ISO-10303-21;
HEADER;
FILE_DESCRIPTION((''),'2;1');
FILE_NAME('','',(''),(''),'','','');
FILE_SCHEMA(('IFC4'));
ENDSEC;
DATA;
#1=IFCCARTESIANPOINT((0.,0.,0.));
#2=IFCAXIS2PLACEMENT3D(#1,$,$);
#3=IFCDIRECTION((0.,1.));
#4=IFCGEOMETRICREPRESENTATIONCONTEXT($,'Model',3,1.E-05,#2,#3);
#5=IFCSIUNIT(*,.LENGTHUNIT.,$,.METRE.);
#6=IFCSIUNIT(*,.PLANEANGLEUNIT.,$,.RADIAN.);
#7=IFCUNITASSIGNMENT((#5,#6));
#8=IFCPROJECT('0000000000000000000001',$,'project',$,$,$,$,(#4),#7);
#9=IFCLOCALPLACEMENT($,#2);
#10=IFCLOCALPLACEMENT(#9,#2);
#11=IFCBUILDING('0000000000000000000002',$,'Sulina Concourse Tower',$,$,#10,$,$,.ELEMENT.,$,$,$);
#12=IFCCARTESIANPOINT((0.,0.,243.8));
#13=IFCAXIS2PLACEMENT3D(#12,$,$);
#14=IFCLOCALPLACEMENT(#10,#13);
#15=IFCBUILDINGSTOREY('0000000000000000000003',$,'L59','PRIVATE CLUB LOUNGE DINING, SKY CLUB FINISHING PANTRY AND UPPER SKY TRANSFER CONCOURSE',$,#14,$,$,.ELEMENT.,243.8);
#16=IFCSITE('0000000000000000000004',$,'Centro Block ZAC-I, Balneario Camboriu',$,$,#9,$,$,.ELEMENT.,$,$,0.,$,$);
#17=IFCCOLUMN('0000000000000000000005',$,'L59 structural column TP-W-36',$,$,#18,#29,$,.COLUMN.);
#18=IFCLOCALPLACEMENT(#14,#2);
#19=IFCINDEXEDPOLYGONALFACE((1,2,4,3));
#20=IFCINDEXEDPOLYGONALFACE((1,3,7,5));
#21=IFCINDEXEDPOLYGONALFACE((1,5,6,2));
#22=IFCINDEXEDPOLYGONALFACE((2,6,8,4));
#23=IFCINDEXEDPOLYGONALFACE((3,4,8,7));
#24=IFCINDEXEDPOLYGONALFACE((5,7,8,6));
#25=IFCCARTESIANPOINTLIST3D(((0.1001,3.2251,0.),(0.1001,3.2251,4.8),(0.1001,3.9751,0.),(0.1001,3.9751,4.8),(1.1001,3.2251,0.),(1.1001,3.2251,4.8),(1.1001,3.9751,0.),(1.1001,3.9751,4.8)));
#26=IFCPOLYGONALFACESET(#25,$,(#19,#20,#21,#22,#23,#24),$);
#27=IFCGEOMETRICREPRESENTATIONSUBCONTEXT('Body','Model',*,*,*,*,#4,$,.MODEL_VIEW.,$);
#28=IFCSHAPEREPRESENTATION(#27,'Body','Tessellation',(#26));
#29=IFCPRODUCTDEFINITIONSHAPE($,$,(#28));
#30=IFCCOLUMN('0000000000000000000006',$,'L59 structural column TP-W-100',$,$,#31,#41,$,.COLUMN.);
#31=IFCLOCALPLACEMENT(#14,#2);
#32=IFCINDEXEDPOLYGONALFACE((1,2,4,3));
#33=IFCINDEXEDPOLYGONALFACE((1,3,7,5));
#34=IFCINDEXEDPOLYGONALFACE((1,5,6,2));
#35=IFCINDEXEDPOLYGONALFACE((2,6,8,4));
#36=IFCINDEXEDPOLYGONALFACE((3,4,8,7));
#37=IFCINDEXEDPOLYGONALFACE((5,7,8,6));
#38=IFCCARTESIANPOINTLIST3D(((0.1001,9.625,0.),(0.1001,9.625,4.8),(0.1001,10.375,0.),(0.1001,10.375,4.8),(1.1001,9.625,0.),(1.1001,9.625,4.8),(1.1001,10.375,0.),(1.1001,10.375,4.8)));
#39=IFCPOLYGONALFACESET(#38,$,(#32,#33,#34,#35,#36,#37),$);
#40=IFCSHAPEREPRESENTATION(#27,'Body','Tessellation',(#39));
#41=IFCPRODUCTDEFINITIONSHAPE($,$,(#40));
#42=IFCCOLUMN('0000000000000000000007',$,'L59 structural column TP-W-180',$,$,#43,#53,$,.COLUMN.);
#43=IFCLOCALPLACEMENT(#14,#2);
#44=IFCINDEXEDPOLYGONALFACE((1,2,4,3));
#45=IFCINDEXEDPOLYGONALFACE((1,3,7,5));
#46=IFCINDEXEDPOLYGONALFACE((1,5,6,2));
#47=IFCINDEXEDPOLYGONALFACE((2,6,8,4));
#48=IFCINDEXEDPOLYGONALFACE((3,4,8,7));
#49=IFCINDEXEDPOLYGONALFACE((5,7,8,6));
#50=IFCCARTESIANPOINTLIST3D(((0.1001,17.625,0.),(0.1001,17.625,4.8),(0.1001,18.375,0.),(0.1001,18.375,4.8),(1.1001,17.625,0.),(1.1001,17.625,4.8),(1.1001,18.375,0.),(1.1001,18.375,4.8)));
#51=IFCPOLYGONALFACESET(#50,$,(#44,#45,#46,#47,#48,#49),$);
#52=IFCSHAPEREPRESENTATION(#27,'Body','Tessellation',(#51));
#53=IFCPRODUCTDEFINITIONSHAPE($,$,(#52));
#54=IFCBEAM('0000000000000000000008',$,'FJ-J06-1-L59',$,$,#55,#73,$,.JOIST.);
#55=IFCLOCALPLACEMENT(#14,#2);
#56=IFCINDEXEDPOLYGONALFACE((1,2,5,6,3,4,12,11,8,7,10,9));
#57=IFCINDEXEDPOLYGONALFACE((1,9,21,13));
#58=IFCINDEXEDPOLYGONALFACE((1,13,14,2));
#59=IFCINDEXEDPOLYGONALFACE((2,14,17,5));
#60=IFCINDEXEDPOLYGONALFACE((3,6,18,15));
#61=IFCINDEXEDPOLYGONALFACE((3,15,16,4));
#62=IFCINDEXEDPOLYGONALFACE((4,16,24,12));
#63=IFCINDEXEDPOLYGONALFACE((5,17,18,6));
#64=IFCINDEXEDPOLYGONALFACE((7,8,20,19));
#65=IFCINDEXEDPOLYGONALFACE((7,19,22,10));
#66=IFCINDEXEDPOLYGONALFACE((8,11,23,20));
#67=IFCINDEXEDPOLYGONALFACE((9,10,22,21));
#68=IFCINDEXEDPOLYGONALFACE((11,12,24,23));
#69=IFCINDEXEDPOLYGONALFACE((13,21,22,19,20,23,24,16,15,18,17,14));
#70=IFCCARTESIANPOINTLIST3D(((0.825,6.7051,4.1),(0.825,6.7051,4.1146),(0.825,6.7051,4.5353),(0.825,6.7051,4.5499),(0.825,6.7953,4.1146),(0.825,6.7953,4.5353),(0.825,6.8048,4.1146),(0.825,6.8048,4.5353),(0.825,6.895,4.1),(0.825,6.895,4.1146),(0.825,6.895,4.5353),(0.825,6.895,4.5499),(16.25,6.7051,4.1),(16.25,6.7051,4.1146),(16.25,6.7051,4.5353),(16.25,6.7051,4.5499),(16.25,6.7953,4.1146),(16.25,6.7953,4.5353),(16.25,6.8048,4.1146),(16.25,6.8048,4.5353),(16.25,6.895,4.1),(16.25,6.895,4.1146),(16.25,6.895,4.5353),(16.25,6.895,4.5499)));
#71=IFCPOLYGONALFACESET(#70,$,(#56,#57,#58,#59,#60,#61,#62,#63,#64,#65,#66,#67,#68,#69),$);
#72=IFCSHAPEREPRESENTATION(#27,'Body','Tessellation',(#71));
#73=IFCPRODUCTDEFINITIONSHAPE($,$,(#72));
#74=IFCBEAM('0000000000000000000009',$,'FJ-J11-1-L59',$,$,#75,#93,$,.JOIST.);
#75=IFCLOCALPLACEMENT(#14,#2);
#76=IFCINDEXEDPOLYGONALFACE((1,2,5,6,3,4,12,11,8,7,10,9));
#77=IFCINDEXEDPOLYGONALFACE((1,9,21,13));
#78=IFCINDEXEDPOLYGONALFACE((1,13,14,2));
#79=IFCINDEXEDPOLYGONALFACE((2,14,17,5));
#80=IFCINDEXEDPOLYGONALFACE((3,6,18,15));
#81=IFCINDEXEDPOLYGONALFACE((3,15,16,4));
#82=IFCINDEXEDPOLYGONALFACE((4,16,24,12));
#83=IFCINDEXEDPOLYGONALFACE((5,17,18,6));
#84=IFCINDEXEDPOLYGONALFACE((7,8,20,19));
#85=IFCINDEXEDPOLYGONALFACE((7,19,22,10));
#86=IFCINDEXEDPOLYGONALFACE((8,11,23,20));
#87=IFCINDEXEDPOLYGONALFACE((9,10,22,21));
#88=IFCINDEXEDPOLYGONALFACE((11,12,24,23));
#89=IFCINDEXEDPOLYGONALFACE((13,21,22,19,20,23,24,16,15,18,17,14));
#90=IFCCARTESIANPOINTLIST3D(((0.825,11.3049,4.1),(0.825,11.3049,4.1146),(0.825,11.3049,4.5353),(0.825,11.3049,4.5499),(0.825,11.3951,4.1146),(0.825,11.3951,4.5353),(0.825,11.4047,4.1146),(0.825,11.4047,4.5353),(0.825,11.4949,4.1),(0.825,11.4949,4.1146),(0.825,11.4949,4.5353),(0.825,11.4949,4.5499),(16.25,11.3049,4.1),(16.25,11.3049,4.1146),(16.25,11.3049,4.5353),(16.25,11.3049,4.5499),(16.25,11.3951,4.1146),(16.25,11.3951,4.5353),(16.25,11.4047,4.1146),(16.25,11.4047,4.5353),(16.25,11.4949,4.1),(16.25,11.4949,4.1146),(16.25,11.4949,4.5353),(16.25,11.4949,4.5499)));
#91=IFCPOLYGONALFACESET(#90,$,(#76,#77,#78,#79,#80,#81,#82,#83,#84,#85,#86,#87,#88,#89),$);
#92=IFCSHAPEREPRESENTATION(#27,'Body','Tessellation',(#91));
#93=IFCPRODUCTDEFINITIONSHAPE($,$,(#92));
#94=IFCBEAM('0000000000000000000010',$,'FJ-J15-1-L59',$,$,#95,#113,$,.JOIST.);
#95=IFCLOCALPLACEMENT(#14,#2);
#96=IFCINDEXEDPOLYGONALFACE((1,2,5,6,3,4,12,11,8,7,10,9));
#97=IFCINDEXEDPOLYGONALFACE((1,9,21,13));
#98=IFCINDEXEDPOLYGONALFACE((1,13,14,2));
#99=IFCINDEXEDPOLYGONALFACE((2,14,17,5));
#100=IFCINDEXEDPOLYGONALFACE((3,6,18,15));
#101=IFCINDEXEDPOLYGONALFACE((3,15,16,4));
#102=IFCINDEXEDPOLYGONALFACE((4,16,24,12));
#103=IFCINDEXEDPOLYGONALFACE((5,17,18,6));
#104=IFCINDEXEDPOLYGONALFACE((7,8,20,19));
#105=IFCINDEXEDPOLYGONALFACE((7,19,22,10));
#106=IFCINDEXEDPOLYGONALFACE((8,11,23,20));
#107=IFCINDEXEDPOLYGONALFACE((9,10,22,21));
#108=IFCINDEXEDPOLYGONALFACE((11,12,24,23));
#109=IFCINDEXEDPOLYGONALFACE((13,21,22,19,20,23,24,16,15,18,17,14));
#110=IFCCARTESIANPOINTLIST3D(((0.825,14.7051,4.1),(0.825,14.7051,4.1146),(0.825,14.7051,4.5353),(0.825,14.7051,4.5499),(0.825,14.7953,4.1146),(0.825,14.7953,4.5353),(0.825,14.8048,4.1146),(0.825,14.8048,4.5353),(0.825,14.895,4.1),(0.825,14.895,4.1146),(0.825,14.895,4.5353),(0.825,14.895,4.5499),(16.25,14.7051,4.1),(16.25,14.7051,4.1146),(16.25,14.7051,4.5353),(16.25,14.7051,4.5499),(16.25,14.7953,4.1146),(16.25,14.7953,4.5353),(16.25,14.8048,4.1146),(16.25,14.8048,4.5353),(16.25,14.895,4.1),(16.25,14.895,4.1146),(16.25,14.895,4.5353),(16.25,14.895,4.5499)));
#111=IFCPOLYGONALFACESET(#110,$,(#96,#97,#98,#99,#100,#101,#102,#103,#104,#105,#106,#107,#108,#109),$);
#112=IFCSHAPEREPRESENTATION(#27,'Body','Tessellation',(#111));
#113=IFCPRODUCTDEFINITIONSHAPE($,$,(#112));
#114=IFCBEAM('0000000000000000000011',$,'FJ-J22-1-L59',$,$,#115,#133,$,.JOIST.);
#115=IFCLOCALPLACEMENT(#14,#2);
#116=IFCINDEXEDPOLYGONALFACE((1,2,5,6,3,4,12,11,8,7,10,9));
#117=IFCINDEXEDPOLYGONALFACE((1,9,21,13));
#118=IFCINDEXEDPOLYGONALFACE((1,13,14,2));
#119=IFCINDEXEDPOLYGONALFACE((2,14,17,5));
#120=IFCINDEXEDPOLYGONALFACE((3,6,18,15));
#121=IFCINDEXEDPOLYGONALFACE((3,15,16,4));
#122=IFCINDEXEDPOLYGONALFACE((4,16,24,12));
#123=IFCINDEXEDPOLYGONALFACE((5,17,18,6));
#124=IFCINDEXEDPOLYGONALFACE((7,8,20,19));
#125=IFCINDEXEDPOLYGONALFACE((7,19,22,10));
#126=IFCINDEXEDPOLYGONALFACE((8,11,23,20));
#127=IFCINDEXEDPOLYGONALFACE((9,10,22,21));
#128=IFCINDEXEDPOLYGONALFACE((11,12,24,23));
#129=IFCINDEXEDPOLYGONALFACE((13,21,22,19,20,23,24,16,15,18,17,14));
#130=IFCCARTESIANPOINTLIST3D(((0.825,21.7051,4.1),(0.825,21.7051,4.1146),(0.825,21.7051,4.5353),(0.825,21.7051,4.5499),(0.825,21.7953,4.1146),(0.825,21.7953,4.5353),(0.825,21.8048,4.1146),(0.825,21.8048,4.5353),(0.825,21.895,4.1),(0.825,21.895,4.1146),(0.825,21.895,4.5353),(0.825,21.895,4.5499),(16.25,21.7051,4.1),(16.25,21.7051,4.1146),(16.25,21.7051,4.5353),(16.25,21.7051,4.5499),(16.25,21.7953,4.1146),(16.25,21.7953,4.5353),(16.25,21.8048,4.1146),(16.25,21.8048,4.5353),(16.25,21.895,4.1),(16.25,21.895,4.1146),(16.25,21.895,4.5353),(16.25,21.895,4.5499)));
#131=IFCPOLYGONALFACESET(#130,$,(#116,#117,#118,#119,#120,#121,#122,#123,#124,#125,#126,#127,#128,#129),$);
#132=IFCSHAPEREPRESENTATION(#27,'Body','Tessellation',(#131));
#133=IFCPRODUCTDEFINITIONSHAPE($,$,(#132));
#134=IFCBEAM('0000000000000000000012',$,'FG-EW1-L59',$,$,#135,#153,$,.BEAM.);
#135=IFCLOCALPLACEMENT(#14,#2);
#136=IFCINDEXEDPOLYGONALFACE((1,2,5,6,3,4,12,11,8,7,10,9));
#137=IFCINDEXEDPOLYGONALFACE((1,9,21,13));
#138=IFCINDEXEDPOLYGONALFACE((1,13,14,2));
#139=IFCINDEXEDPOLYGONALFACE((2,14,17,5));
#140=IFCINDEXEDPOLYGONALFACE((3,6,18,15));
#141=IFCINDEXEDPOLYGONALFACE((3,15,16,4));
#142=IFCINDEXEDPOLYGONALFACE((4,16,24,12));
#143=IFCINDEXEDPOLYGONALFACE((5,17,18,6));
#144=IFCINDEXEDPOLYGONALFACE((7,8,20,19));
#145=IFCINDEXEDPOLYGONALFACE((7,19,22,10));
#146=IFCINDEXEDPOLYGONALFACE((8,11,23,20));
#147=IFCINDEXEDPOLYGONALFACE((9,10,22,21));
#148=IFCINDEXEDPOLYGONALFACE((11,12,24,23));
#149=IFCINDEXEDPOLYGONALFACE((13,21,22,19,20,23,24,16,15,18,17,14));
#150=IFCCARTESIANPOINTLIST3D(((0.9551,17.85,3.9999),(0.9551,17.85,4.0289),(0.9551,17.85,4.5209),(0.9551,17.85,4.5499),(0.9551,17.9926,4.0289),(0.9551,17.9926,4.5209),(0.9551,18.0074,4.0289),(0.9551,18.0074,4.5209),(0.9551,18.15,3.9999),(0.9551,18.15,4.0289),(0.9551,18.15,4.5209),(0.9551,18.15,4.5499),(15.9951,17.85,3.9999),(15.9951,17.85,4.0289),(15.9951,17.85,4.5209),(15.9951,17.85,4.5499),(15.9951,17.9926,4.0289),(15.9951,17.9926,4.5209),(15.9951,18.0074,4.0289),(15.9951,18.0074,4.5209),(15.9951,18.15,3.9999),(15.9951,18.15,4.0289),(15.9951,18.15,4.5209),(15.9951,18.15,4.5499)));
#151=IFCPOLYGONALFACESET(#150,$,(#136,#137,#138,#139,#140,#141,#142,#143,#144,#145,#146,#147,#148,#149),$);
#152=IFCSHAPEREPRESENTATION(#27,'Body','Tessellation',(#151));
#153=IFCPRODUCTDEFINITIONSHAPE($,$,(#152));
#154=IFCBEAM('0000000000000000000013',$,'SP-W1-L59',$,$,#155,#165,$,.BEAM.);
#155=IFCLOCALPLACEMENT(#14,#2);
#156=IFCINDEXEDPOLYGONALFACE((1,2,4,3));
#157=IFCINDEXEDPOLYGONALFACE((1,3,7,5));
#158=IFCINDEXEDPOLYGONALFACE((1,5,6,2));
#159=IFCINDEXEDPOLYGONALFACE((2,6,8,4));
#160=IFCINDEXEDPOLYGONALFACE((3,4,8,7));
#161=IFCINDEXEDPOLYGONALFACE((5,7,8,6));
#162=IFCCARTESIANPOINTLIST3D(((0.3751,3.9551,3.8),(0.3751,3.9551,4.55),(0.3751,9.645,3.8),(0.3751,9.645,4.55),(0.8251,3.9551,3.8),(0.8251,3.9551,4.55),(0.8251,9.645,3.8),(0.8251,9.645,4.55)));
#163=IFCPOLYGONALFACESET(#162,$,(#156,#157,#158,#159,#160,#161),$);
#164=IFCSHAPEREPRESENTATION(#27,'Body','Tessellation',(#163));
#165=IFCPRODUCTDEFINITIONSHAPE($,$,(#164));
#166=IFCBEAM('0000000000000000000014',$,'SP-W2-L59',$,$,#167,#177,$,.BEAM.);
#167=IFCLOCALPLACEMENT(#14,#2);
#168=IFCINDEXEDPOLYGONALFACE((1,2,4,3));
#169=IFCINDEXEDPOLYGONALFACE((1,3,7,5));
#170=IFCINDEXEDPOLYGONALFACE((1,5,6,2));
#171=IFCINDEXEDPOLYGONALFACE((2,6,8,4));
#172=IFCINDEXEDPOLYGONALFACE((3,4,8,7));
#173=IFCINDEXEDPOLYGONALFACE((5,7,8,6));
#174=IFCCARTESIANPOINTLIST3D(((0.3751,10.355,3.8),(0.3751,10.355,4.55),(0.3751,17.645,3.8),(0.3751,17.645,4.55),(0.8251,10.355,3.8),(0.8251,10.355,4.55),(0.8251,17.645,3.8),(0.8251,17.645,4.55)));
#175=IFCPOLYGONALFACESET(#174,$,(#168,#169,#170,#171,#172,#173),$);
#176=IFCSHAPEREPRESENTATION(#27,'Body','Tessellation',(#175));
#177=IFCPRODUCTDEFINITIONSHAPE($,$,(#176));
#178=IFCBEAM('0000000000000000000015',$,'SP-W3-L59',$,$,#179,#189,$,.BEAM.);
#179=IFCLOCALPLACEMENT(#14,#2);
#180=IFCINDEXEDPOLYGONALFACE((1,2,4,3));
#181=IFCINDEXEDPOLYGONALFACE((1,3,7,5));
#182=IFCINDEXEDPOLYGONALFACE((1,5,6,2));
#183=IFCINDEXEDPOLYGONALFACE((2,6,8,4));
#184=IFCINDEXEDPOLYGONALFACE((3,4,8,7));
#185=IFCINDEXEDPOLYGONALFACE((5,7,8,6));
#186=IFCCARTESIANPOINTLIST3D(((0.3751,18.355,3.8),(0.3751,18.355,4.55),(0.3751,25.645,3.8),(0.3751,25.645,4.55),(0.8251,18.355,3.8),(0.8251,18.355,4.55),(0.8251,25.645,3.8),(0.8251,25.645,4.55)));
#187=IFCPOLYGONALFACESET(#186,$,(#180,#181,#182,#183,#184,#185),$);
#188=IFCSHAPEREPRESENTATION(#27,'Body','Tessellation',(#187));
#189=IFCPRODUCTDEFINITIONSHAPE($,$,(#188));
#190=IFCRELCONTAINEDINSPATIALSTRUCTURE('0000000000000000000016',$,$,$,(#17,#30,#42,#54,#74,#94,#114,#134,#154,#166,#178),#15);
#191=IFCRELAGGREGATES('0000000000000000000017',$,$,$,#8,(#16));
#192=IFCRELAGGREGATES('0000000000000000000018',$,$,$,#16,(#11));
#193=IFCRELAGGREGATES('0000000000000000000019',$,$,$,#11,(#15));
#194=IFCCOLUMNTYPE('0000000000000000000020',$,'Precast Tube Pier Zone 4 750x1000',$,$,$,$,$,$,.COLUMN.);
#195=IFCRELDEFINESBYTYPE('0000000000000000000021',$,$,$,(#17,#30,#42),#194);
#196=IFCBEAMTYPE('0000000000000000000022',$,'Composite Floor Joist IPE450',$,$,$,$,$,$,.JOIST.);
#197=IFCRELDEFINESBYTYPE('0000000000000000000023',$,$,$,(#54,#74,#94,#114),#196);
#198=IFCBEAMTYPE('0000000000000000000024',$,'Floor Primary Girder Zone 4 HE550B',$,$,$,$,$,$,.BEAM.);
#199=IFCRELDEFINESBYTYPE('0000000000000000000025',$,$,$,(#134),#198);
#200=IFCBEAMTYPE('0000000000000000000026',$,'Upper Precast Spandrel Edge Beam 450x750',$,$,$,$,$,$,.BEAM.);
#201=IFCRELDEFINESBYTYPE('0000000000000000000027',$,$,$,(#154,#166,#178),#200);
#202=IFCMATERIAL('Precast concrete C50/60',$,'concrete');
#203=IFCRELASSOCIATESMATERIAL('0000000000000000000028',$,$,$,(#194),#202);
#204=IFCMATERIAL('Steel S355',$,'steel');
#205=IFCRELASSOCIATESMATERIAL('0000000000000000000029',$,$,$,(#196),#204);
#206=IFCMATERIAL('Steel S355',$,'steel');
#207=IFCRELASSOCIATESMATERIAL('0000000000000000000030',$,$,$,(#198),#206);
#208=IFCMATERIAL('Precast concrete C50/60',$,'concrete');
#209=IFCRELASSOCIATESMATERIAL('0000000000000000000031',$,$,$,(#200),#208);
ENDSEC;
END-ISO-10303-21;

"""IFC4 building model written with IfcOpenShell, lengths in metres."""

from ifc_helpers import new_model, si_unit, direction, frame, origin, origin_2d, place, context, subcontext, project, spatial, rectangle, i_section, extrude, material, material_profile, profile_set, type_object, element, save


model = new_model("IFC4")

# Units and contexts
model_context = context("Model", 3, precision=1e-05, world=origin(), true_north=direction((0.0, 1.0)))
body_context = subcontext(model_context, "Body", "Model", "MODEL_VIEW")
ifc_project = project(units=[si_unit("LENGTHUNIT", "METRE"), si_unit("PLANEANGLEUNIT", "RADIAN")], contexts=[model_context])

# Site, building, storey
site_placement = place(None, origin())
site = spatial("IfcSite", under=ifc_project, at=site_placement, Name="Centro Block ZAC-I, Balneario Camboriu", CompositionType="ELEMENT", RefElevation=0.0)
building_placement = place(site_placement, origin())
building = spatial("IfcBuilding", under=site, at=building_placement, Name="Sulina Concourse Tower", CompositionType="ELEMENT")
storey_placement = place(building_placement, frame((0.0, 0.0, 243.8)))
storey = spatial("IfcBuildingStorey", under=building, at=storey_placement, Name="L59", Description="PRIVATE CLUB LOUNGE DINING, SKY CLUB FINISHING PANTRY AND UPPER SKY TRANSFER CONCOURSE", CompositionType="ELEMENT", Elevation=243.8)

# Columns
ifc_material_1 = material(Name="Precast concrete C50/60", Category="concrete")
ifc_material_profile_1 = material_profile(ifc_material_1, rectangle(XDim=0.75, YDim=1.0, at=origin_2d()), Name="PC 750x1000")
ifc_profile_set_1 = profile_set([ifc_material_profile_1], Name="Precast concrete C50/60")
column_type = type_object("IfcColumnType", Name="Precast Tube Pier Zone 4 750x1000", PredefinedType="COLUMN", material=ifc_profile_set_1)
for number, where, z_axis, x_axis, name in (
    (1, (0.6001, 3.6001, 0.0), (0.0, 0.0, 1.0), (0.0, 1.0, 0.0), "L59 structural column TP-W-36"),
    (2, (0.6001, 10.0, 0.0), (0.0, 0.0, 1.0), (0.0, 1.0, 0.0), "L59 structural column TP-W-100"),
    (3, (0.6001, 18.0, 0.0), (0.0, 0.0, 1.0), (0.0, 1.0, 0.0), "L59 structural column TP-W-180"),
):
    element("IfcColumn", number, at=place(storey_placement, frame(where, z_axis=z_axis, x_axis=x_axis)), inside=storey, type_object=column_type, Name=name, PredefinedType="COLUMN", context=body_context, shape_type="SweptSolid", body=[
        extrude(rectangle(XDim=0.75, YDim=1.0, at=origin_2d()), origin(), (0.0, 0.0, 1.0), 4.8),
    ])

# Beams
ifc_material_2 = material(Name="Steel S355", Category="steel")
ifc_material_profile_2 = material_profile(ifc_material_2, i_section(OverallWidth=0.1899, OverallDepth=0.45, WebThickness=0.0095, FlangeThickness=0.0146, at=origin_2d()), Name="IPE 450")
ifc_profile_set_2 = profile_set([ifc_material_profile_2], Name="Steel S355")
beam_type_1 = type_object("IfcBeamType", Name="Composite Floor Joist IPE450", PredefinedType="JOIST", material=ifc_profile_set_2)
for number, where, z_axis, x_axis, name in (
    (4, (0.825, 6.8, 4.325), (1.0, 0.0, 0.0), (0.0, 1.0, 0.0), "FJ-J06-1-L59"),
    (5, (0.825, 11.3999, 4.325), (1.0, 0.0, 0.0), (0.0, 1.0, 0.0), "FJ-J11-1-L59"),
    (6, (0.825, 14.8, 4.325), (1.0, 0.0, 0.0), (0.0, 1.0, 0.0), "FJ-J15-1-L59"),
    (7, (0.825, 21.8, 4.325), (1.0, 0.0, 0.0), (0.0, 1.0, 0.0), "FJ-J22-1-L59"),
):
    element("IfcBeam", number, at=place(storey_placement, frame(where, z_axis=z_axis, x_axis=x_axis)), inside=storey, type_object=beam_type_1, Name=name, PredefinedType="JOIST", context=body_context, shape_type="SweptSolid", body=[
        extrude(i_section(OverallWidth=0.1899, OverallDepth=0.45, WebThickness=0.0095, FlangeThickness=0.0146, at=origin_2d()), origin(), (0.0, 0.0, 1.0), 15.425),
    ])
ifc_material_3 = material(Name="Steel S355", Category="steel")
ifc_material_profile_3 = material_profile(ifc_material_3, i_section(OverallWidth=0.3, OverallDepth=0.55, WebThickness=0.0149, FlangeThickness=0.0291, at=origin_2d()), Name="HE 550 B")
ifc_profile_set_3 = profile_set([ifc_material_profile_3], Name="Steel S355")
beam_type_2 = type_object("IfcBeamType", Name="Floor Primary Girder Zone 4 HE550B", PredefinedType="BEAM", material=ifc_profile_set_3)
beam_1_placement = place(storey_placement, frame((0.9551, 18.0, 4.2749), z_axis=(1.0, 0.0, 0.0), x_axis=(0.0, 1.0, 0.0)))
element("IfcBeam", 8, at=beam_1_placement, inside=storey, type_object=beam_type_2, Name="FG-EW1-L59", PredefinedType="BEAM", context=body_context, shape_type="SweptSolid", body=[
    extrude(i_section(OverallWidth=0.3, OverallDepth=0.55, WebThickness=0.0149, FlangeThickness=0.0291, at=origin_2d()), origin(), (0.0, 0.0, 1.0), 15.04),
])
ifc_material_4 = material(Name="Precast concrete C50/60", Category="concrete")
ifc_material_profile_4 = material_profile(ifc_material_4, rectangle(XDim=0.45, YDim=0.75, at=origin_2d()), Name="RC 450x750")
ifc_profile_set_4 = profile_set([ifc_material_profile_4], Name="Precast concrete C50/60")
beam_type_3 = type_object("IfcBeamType", Name="Upper Precast Spandrel Edge Beam 450x750", PredefinedType="BEAM", material=ifc_profile_set_4)
beam_2_placement = place(storey_placement, frame((0.6001, 3.9551, 4.175), z_axis=(0.0, 1.0, 0.0), x_axis=(-1.0, 0.0, 0.0)))
element("IfcBeam", 9, at=beam_2_placement, inside=storey, type_object=beam_type_3, Name="SP-W1-L59", PredefinedType="BEAM", context=body_context, shape_type="SweptSolid", body=[
    extrude(rectangle(XDim=0.45, YDim=0.75, at=origin_2d()), origin(), (0.0, 0.0, 1.0), 5.6899),
])
for number, where, z_axis, x_axis, name in (
    (10, (0.6001, 10.355, 4.175), (0.0, 1.0, 0.0), (-1.0, 0.0, 0.0), "SP-W2-L59"),
    (11, (0.6001, 18.355, 4.175), (0.0, 1.0, 0.0), (-1.0, 0.0, 0.0), "SP-W3-L59"),
):
    element("IfcBeam", number, at=place(storey_placement, frame(where, z_axis=z_axis, x_axis=x_axis)), inside=storey, type_object=beam_type_3, Name=name, PredefinedType="BEAM", context=body_context, shape_type="SweptSolid", body=[
        extrude(rectangle(XDim=0.45, YDim=0.75, at=origin_2d()), origin(), (0.0, 0.0, 1.0), 7.29),
    ])

save(model, "model.ifc")
